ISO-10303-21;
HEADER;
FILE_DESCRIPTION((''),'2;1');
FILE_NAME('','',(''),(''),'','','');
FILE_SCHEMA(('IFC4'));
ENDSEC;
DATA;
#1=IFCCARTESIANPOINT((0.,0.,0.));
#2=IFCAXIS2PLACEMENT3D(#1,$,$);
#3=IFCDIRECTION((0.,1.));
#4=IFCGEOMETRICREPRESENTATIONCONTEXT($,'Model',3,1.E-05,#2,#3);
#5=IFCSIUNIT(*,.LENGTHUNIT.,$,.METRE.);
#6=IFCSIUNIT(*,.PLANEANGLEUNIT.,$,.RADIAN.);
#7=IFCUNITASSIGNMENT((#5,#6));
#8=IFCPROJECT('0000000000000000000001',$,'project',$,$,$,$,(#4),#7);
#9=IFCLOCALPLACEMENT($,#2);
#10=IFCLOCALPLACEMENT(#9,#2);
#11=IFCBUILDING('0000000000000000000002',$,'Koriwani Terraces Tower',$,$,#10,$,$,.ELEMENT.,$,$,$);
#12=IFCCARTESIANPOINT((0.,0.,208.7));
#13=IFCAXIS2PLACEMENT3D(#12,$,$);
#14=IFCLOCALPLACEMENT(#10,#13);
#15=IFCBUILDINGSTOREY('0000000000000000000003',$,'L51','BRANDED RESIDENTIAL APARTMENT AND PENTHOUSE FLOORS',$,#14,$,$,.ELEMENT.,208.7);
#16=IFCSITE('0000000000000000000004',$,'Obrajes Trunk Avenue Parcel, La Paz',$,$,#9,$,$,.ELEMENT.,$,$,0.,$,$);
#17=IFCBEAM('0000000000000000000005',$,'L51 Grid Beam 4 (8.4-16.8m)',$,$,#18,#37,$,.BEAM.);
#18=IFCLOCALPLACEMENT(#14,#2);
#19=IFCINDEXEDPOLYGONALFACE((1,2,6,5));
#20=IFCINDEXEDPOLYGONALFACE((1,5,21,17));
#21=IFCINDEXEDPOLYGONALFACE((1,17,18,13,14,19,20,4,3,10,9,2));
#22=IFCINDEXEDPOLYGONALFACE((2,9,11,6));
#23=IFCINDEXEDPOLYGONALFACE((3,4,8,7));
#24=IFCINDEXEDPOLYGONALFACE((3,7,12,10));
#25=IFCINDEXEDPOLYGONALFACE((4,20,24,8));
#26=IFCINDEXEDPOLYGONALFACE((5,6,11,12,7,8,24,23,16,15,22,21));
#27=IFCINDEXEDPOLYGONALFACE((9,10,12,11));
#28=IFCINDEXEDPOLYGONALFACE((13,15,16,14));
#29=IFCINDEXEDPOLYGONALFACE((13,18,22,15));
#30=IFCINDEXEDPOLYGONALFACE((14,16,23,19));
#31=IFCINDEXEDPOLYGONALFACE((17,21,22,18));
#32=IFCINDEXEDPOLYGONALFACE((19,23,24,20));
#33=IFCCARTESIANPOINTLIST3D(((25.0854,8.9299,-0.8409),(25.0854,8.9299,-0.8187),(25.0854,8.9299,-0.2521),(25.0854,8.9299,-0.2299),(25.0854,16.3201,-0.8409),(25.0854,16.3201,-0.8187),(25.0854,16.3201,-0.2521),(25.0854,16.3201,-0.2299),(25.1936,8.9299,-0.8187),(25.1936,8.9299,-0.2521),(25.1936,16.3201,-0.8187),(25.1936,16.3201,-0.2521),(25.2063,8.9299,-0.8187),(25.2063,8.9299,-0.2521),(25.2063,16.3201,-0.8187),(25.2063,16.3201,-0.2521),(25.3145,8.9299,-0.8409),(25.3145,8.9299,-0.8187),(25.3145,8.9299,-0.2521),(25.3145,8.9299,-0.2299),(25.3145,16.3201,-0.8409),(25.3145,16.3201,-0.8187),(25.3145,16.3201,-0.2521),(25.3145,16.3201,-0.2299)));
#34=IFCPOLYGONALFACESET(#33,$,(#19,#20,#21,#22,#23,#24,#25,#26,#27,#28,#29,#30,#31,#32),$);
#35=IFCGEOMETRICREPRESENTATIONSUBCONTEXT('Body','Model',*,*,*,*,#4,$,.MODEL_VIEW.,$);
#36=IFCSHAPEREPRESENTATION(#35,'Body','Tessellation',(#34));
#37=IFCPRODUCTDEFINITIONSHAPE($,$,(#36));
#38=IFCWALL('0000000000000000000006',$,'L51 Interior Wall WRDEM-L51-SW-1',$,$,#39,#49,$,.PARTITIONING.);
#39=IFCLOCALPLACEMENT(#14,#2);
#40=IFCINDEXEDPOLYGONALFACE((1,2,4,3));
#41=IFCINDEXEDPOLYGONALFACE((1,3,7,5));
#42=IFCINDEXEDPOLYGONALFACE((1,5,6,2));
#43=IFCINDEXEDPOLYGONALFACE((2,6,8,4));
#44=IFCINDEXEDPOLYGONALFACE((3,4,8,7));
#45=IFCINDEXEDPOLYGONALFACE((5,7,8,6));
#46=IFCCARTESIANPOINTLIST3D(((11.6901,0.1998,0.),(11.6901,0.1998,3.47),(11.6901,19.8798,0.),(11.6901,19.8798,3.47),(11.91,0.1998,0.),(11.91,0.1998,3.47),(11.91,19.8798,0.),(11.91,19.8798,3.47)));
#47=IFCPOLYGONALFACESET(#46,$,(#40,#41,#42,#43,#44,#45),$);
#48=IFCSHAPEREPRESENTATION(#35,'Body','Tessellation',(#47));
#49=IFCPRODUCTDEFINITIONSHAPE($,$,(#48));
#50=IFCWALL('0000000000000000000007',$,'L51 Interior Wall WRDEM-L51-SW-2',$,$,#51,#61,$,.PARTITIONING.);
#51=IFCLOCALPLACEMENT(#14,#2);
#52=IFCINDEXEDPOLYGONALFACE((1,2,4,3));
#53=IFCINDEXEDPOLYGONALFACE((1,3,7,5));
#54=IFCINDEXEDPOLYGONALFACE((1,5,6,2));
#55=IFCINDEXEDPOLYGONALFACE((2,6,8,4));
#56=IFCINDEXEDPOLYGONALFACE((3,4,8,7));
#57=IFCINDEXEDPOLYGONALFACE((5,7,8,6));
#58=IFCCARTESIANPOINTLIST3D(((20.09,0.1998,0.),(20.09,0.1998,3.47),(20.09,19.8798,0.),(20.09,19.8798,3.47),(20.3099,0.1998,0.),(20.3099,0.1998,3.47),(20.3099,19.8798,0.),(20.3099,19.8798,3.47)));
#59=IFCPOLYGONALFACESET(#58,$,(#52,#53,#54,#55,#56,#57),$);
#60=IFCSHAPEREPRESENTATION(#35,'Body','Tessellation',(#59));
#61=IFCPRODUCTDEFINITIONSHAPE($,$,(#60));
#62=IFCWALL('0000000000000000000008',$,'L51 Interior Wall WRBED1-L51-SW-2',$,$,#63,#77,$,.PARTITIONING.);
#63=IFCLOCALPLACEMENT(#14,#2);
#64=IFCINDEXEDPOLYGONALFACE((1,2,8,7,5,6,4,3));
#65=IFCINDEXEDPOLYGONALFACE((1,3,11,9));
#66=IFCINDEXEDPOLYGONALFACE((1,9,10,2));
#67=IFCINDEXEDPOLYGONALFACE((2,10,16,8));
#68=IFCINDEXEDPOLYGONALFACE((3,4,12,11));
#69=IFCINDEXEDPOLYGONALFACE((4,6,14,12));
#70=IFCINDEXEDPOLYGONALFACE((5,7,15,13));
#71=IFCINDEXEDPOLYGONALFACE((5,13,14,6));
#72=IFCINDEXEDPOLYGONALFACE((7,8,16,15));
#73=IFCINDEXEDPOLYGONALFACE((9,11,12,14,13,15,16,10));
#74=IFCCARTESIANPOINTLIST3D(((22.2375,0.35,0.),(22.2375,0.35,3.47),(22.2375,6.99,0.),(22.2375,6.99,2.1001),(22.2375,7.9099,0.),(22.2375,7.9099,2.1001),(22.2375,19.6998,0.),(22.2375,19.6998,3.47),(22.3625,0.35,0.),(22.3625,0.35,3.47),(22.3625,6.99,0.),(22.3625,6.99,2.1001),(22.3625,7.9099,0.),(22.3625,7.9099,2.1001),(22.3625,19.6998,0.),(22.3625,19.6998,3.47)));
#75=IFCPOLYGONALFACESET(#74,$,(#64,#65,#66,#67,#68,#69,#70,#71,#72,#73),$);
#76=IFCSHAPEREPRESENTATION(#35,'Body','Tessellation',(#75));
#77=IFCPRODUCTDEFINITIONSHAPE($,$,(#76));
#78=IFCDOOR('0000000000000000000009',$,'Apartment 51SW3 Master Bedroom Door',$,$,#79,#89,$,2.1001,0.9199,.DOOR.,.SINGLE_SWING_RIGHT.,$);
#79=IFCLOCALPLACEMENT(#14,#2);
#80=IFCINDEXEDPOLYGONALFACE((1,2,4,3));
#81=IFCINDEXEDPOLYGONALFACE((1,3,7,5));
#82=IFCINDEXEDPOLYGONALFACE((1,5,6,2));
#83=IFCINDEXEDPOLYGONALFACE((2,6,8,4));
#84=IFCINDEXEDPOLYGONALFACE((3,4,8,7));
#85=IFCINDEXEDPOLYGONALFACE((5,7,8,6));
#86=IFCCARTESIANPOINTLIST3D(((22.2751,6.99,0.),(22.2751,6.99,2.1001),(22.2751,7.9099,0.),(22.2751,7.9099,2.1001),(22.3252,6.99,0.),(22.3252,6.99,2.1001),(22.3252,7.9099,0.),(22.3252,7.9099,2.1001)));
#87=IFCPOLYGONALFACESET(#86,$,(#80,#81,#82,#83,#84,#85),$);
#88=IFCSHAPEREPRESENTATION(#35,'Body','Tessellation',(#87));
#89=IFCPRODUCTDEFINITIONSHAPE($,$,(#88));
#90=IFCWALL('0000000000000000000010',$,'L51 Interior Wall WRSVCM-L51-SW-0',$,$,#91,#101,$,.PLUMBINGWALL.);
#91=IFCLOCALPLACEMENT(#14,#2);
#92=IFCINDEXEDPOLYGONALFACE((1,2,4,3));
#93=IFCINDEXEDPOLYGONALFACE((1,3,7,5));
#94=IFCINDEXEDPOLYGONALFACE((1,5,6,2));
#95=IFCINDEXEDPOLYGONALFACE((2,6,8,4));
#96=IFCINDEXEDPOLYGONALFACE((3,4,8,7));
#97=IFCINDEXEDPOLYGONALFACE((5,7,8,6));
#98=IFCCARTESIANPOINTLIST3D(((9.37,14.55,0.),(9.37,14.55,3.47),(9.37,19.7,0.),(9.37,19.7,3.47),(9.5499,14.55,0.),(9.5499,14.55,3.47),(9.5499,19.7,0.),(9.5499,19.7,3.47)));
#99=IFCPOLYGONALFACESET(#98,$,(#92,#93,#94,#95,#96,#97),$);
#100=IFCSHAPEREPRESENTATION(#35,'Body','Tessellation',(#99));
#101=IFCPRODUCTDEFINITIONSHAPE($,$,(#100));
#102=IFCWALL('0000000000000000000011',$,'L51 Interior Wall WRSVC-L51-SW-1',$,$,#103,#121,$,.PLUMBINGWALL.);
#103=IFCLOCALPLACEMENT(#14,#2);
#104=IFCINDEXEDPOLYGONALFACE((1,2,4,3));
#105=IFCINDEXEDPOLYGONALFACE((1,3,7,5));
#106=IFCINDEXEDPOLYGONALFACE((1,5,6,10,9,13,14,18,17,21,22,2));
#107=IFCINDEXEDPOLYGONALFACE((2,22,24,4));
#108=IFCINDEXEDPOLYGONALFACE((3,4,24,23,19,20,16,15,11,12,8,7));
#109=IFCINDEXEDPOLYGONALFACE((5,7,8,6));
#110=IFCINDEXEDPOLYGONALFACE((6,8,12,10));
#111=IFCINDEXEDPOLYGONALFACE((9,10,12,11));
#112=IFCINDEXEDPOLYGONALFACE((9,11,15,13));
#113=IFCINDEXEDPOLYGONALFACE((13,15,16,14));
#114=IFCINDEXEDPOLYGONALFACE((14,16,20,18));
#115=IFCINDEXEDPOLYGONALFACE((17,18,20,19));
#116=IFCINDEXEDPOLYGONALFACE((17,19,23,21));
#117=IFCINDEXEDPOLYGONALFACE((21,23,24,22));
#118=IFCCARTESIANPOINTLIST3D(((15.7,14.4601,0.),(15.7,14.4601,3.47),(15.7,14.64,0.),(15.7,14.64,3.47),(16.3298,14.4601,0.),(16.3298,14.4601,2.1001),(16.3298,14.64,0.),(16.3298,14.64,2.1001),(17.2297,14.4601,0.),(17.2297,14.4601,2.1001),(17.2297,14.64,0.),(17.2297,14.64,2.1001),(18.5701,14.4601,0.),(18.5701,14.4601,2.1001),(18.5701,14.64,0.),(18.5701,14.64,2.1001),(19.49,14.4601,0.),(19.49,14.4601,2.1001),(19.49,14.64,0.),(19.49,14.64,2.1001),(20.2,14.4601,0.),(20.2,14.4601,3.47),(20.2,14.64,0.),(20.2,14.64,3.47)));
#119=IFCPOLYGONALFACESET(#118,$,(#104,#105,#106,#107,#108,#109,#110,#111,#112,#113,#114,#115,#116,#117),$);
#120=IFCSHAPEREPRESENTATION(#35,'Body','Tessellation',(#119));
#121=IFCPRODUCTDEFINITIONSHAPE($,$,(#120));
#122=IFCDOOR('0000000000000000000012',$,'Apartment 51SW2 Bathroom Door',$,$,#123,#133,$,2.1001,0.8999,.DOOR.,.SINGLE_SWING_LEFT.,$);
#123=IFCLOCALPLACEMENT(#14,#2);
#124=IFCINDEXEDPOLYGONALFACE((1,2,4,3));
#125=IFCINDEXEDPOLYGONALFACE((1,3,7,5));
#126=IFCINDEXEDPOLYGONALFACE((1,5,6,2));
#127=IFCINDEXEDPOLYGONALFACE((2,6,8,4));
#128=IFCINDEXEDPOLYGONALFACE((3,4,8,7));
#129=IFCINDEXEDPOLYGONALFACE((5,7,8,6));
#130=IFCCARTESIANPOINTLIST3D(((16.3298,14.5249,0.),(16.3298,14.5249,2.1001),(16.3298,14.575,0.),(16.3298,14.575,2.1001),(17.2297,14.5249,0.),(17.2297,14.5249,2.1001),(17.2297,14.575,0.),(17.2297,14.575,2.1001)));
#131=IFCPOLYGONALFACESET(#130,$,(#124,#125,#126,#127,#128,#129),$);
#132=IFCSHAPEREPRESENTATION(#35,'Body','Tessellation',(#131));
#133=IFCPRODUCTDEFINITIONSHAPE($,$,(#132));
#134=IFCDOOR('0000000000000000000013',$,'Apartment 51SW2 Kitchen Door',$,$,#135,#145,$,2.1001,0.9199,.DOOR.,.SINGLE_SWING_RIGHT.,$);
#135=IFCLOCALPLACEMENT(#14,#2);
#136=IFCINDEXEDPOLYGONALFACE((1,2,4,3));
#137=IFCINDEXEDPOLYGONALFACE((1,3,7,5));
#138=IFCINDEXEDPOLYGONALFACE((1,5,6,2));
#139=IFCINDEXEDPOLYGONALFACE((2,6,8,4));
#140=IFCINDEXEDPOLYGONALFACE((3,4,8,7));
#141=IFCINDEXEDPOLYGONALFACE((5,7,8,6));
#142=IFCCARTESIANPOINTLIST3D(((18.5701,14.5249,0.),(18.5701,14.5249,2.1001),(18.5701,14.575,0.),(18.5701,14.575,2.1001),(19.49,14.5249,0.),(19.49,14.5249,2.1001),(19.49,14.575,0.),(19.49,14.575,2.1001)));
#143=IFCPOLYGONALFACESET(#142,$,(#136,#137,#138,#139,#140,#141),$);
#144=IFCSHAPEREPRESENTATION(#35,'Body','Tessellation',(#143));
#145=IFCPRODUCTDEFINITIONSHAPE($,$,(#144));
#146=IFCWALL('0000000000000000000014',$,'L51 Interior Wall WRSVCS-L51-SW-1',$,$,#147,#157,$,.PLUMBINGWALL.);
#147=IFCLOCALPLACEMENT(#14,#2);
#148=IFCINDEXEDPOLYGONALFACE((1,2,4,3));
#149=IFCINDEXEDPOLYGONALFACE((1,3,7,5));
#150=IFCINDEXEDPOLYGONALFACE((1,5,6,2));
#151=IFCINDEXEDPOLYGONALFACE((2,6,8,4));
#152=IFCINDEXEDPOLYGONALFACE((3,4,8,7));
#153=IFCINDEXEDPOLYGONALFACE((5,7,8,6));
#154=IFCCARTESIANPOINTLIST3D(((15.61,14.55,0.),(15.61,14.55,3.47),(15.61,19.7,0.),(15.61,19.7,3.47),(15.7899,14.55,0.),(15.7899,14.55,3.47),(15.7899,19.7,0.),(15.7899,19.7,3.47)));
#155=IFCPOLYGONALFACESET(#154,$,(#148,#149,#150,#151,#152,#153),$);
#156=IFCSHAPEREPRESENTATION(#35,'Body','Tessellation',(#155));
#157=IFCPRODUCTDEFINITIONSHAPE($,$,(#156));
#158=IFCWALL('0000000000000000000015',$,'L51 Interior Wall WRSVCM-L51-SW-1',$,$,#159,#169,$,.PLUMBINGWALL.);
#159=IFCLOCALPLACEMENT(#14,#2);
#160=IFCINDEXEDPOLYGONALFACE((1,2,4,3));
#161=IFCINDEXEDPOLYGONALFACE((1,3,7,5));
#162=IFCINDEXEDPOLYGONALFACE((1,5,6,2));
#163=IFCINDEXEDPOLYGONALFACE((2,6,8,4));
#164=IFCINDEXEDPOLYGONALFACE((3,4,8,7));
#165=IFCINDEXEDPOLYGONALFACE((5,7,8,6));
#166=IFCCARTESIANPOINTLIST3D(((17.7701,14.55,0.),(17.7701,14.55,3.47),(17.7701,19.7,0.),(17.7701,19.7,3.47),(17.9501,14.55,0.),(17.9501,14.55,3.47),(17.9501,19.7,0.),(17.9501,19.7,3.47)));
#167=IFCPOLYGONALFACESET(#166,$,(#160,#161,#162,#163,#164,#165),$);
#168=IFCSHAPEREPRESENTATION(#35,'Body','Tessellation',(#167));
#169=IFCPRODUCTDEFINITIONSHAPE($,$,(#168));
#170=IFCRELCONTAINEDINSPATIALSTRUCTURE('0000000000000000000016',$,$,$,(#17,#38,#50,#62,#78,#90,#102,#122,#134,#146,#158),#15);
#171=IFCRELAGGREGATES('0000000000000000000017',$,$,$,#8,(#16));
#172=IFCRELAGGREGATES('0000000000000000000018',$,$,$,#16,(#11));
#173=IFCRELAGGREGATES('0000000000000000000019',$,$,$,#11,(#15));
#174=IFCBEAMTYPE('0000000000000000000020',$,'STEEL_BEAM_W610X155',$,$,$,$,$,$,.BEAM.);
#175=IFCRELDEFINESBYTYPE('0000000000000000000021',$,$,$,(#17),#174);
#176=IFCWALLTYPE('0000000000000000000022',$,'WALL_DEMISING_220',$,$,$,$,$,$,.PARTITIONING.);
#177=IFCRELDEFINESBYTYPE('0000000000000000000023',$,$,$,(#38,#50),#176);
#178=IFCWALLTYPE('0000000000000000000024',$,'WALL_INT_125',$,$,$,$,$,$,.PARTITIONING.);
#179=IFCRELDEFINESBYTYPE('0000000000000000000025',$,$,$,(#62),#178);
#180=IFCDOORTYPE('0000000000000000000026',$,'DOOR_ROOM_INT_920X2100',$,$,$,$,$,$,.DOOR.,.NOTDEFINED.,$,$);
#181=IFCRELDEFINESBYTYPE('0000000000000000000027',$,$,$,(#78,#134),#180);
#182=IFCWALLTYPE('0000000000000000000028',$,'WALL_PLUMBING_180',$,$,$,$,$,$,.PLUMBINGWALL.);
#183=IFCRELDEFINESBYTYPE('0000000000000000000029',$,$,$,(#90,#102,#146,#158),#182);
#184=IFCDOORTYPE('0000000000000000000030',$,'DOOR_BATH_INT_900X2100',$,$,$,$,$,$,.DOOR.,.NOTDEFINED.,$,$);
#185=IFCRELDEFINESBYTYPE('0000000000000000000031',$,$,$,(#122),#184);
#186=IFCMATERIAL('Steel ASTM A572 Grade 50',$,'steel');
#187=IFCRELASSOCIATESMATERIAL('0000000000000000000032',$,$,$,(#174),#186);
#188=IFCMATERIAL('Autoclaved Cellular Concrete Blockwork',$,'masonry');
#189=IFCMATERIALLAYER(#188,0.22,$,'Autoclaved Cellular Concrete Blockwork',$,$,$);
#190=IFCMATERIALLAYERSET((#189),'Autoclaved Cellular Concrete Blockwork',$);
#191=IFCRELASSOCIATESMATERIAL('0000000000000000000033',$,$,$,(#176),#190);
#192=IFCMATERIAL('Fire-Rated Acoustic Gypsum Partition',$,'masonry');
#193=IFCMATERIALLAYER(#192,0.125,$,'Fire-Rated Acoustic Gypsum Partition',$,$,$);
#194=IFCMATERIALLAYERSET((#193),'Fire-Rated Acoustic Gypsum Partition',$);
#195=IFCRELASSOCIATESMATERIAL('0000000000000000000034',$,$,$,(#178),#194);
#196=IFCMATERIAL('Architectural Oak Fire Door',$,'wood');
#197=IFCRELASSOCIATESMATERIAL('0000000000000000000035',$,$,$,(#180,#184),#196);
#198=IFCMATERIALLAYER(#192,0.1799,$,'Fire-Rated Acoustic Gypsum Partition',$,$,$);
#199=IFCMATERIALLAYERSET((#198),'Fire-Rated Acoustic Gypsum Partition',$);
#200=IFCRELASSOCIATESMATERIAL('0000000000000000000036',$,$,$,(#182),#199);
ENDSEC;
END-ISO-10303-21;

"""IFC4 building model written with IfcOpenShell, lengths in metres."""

from ifc_helpers import new_model, si_unit, direction, frame, frame_2d, origin, origin_2d, place, context, subcontext, project, spatial, rectangle, i_section, extrude, material, layer, layer_set, material_profile, profile_set, type_object, element, fill, save


model = new_model("IFC4")

# Units and contexts
model_context = context("Model", 3, precision=1e-05, world=origin(), true_north=direction((0.0, 1.0)))
body_context = subcontext(model_context, "Body", "Model", "MODEL_VIEW")
ifc_project = project(units=[si_unit("LENGTHUNIT", "METRE"), si_unit("PLANEANGLEUNIT", "RADIAN")], contexts=[model_context])

# Site, building, storey
site_placement = place(None, origin())
site = spatial("IfcSite", under=ifc_project, at=site_placement, Name="Obrajes Trunk Avenue Parcel, La Paz", CompositionType="ELEMENT", RefElevation=0.0)
building_placement = place(site_placement, origin())
building = spatial("IfcBuilding", under=site, at=building_placement, Name="Koriwani Terraces Tower", CompositionType="ELEMENT")
storey_placement = place(building_placement, frame((0.0, 0.0, 208.7)))
storey = spatial("IfcBuildingStorey", under=building, at=storey_placement, Name="L51", Description="BRANDED RESIDENTIAL APARTMENT AND PENTHOUSE FLOORS", CompositionType="ELEMENT", Elevation=208.7)

# Beam
ifc_material_1 = material(Name="Steel ASTM A572 Grade 50", Category="steel")
ifc_material_profile_1 = material_profile(ifc_material_1, i_section(OverallWidth=0.229, OverallDepth=0.6111, WebThickness=0.0127, FlangeThickness=0.0222, at=origin_2d()), Name="Steel ASTM A572 Grade 50", Category="LoadBearing")
ifc_profile_set_1 = profile_set([ifc_material_profile_1], Name="Steel ASTM A572 Grade 50")
beam_type_1 = type_object("IfcBeamType", Name="STEEL_BEAM_W610X155", PredefinedType="BEAM", material=ifc_profile_set_1)
beam_1_placement = place(storey_placement, frame((25.2, 8.9299, -0.5354), z_axis=(0.0, 1.0, 0.0), x_axis=(-1.0, 0.0, 0.0)))
element("IfcBeam", 1, at=beam_1_placement, inside=storey, type_object=beam_type_1, Name="L51 Grid Beam 4 (8.4-16.8m)", PredefinedType="BEAM", context=body_context, shape_type="SweptSolid", body=[
    extrude(i_section(OverallWidth=0.229, OverallDepth=0.6111, WebThickness=0.0127, FlangeThickness=0.0222, at=origin_2d()), origin(), (0.0, 0.0, 1.0), 7.3901),
])

# Walls
ifc_material_2 = material(Name="Autoclaved Cellular Concrete Blockwork", Category="masonry")
ifc_layer_1 = layer(ifc_material_2, 0.22, Name="Autoclaved Cellular Concrete Blockwork")
ifc_layer_set_1 = layer_set([ifc_layer_1], Name="Autoclaved Cellular Concrete Blockwork")
wall_type_1 = type_object("IfcWallType", Name="WALL_DEMISING_220", PredefinedType="PARTITIONING", material=ifc_layer_set_1)
for number, where, z_axis, x_axis, name in (
    (2, (11.8, 0.2, 0.0), (0.0, 0.0, 1.0), (0.0, 1.0, 0.0), "L51 Interior Wall WRDEM-L51-SW-1"),
    (3, (20.2, 0.2, 0.0), (0.0, 0.0, 1.0), (0.0, 1.0, 0.0), "L51 Interior Wall WRDEM-L51-SW-2"),
):
    element("IfcWall", number, at=place(storey_placement, frame(where, z_axis=z_axis, x_axis=x_axis)), inside=storey, type_object=wall_type_1, Name=name, PredefinedType="PARTITIONING", context=body_context, shape_type="SweptSolid", body=[
        extrude(rectangle(XDim=19.6799, YDim=0.22, at=frame_2d((9.8398, 0.0))), origin(), (0.0, 0.0, 1.0), 3.47),
    ])

# Wall, opening, door
ifc_material_3 = material(Name="Fire-Rated Acoustic Gypsum Partition", Category="masonry")
ifc_layer_2 = layer(ifc_material_3, 0.125, Name="Fire-Rated Acoustic Gypsum Partition")
ifc_layer_set_2 = layer_set([ifc_layer_2], Name="Fire-Rated Acoustic Gypsum Partition")
wall_type_2 = type_object("IfcWallType", Name="WALL_INT_125", PredefinedType="PARTITIONING", material=ifc_layer_set_2)
wall_1_placement = place(storey_placement, frame((22.3, 0.3501, 0.0), z_axis=(0.0, 0.0, 1.0), x_axis=(0.0, 1.0, 0.0)))
wall_1 = element("IfcWall", 4, at=wall_1_placement, inside=storey, type_object=wall_type_2, Name="L51 Interior Wall WRBED1-L51-SW-2", PredefinedType="PARTITIONING", context=body_context, shape_type="SweptSolid", body=[
    extrude(rectangle(XDim=19.3499, YDim=0.125, at=frame_2d((9.6748, 0.0))), origin(), (0.0, 0.0, 1.0), 3.47),
])
opening_1_placement = place(wall_1_placement, frame((6.6399, 0.0, 0.0)))
opening_1 = element("IfcOpeningElement", 5, at=opening_1_placement, cuts=wall_1, PredefinedType="OPENING", context=body_context, shape_type="SweptSolid", body=[
    extrude(rectangle(XDim=0.9199, YDim=2.1001, at=frame_2d((0.46, 1.05))), frame((0.0, 0.0725, 0.0), z_axis=(0.0, -1.0, 0.0), x_axis=(1.0, 0.0, 0.0)), (0.0, 0.0, 1.0), 0.145),
])
ifc_material_4 = material(Name="Architectural Oak Fire Door", Category="wood")
door_type_1 = type_object("IfcDoorType", Name="DOOR_ROOM_INT_920X2100", OperationType="NOTDEFINED", PredefinedType="DOOR", material=ifc_material_4)
door_1_placement = place(opening_1_placement, origin())
door_1 = element("IfcDoor", 6, at=door_1_placement, inside=storey, type_object=door_type_1, Name="Apartment 51SW3 Master Bedroom Door", OperationType="SINGLE_SWING_RIGHT", OverallHeight=2.1001, OverallWidth=0.9199, PredefinedType="DOOR", context=body_context, shape_type="SweptSolid", body=[
    extrude(rectangle(XDim=0.9199, YDim=2.1001, at=frame_2d((0.46, 1.05))), frame((0.0, 0.0249, 0.0), z_axis=(0.0, -1.0, 0.0), x_axis=(1.0, 0.0, 0.0)), (0.0, 0.0, 1.0), 0.05),
])
fill(opening_1, door_1)

# Wall
ifc_layer_3 = layer(ifc_material_3, 0.1799, Name="Fire-Rated Acoustic Gypsum Partition")
ifc_layer_set_3 = layer_set([ifc_layer_3], Name="Fire-Rated Acoustic Gypsum Partition")
wall_type_3 = type_object("IfcWallType", Name="WALL_PLUMBING_180", PredefinedType="PLUMBINGWALL", material=ifc_layer_set_3)
wall_2_placement = place(storey_placement, frame((9.46, 14.55, 0.0), z_axis=(0.0, 0.0, 1.0), x_axis=(0.0, 1.0, 0.0)))
element("IfcWall", 7, at=wall_2_placement, inside=storey, type_object=wall_type_3, Name="L51 Interior Wall WRSVCM-L51-SW-0", PredefinedType="PLUMBINGWALL", context=body_context, shape_type="SweptSolid", body=[
    extrude(rectangle(XDim=5.1499, YDim=0.1799, at=frame_2d((2.575, 0.0))), origin(), (0.0, 0.0, 1.0), 3.47),
])

# Wall, openings, doors
wall_3_placement = place(storey_placement, frame((15.7, 14.55, 0.0), z_axis=(0.0, 0.0, 1.0), x_axis=(1.0, 0.0, 0.0)))
wall_3 = element("IfcWall", 8, at=wall_3_placement, inside=storey, type_object=wall_type_3, Name="L51 Interior Wall WRSVC-L51-SW-1", PredefinedType="PLUMBINGWALL", context=body_context, shape_type="SweptSolid", body=[
    extrude(rectangle(XDim=4.5, YDim=0.1799, at=frame_2d((2.25, 0.0))), origin(), (0.0, 0.0, 1.0), 3.47),
])
opening_2_placement = place(wall_3_placement, frame((0.6299, 0.0, 0.0)))
opening_2 = element("IfcOpeningElement", 9, at=opening_2_placement, cuts=wall_3, PredefinedType="OPENING", context=body_context, shape_type="SweptSolid", body=[
    extrude(rectangle(XDim=0.8999, YDim=2.1001, at=frame_2d((0.45, 1.05))), frame((0.0, 0.1001, 0.0), z_axis=(0.0, -1.0, 0.0), x_axis=(1.0, 0.0, 0.0)), (0.0, 0.0, 1.0), 0.2),
])
opening_3_placement = place(wall_3_placement, frame((2.8701, 0.0, 0.0)))
opening_3 = element("IfcOpeningElement", 10, at=opening_3_placement, cuts=wall_3, PredefinedType="OPENING", context=body_context, shape_type="SweptSolid", body=[
    extrude(rectangle(XDim=0.9199, YDim=2.1001, at=frame_2d((0.46, 1.05))), frame((0.0, 0.1001, 0.0), z_axis=(0.0, -1.0, 0.0), x_axis=(1.0, 0.0, 0.0)), (0.0, 0.0, 1.0), 0.2),
])
door_type_2 = type_object("IfcDoorType", Name="DOOR_BATH_INT_900X2100", OperationType="NOTDEFINED", PredefinedType="DOOR", material=ifc_material_4)
door_2_placement = place(opening_2_placement, origin())
door_2 = element("IfcDoor", 11, at=door_2_placement, inside=storey, type_object=door_type_2, Name="Apartment 51SW2 Bathroom Door", OperationType="SINGLE_SWING_LEFT", OverallHeight=2.1001, OverallWidth=0.8999, PredefinedType="DOOR", context=body_context, shape_type="SweptSolid", body=[
    extrude(rectangle(XDim=0.8999, YDim=2.1001, at=frame_2d((0.45, 1.05))), frame((0.0, 0.0249, 0.0), z_axis=(0.0, -1.0, 0.0), x_axis=(1.0, 0.0, 0.0)), (0.0, 0.0, 1.0), 0.05),
])
fill(opening_2, door_2)
door_3_placement = place(opening_3_placement, origin())
door_3 = element("IfcDoor", 12, at=door_3_placement, inside=storey, type_object=door_type_1, Name="Apartment 51SW2 Kitchen Door", OperationType="SINGLE_SWING_RIGHT", OverallHeight=2.1001, OverallWidth=0.9199, PredefinedType="DOOR", context=body_context, shape_type="SweptSolid", body=[
    extrude(rectangle(XDim=0.9199, YDim=2.1001, at=frame_2d((0.46, 1.05))), frame((0.0, 0.0249, 0.0), z_axis=(0.0, -1.0, 0.0), x_axis=(1.0, 0.0, 0.0)), (0.0, 0.0, 1.0), 0.05),
])
fill(opening_3, door_3)

# Walls
for number, where, z_axis, x_axis, name in (
    (13, (15.7, 14.55, 0.0), (0.0, 0.0, 1.0), (0.0, 1.0, 0.0), "L51 Interior Wall WRSVCS-L51-SW-1"),
    (14, (17.8601, 14.55, 0.0), (0.0, 0.0, 1.0), (0.0, 1.0, 0.0), "L51 Interior Wall WRSVCM-L51-SW-1"),
):
    element("IfcWall", number, at=place(storey_placement, frame(where, z_axis=z_axis, x_axis=x_axis)), inside=storey, type_object=wall_type_3, Name=name, PredefinedType="PLUMBINGWALL", context=body_context, shape_type="SweptSolid", body=[
        extrude(rectangle(XDim=5.1499, YDim=0.1799, at=frame_2d((2.575, 0.0))), origin(), (0.0, 0.0, 1.0), 3.47),
    ])

save(model, "model.ifc")
